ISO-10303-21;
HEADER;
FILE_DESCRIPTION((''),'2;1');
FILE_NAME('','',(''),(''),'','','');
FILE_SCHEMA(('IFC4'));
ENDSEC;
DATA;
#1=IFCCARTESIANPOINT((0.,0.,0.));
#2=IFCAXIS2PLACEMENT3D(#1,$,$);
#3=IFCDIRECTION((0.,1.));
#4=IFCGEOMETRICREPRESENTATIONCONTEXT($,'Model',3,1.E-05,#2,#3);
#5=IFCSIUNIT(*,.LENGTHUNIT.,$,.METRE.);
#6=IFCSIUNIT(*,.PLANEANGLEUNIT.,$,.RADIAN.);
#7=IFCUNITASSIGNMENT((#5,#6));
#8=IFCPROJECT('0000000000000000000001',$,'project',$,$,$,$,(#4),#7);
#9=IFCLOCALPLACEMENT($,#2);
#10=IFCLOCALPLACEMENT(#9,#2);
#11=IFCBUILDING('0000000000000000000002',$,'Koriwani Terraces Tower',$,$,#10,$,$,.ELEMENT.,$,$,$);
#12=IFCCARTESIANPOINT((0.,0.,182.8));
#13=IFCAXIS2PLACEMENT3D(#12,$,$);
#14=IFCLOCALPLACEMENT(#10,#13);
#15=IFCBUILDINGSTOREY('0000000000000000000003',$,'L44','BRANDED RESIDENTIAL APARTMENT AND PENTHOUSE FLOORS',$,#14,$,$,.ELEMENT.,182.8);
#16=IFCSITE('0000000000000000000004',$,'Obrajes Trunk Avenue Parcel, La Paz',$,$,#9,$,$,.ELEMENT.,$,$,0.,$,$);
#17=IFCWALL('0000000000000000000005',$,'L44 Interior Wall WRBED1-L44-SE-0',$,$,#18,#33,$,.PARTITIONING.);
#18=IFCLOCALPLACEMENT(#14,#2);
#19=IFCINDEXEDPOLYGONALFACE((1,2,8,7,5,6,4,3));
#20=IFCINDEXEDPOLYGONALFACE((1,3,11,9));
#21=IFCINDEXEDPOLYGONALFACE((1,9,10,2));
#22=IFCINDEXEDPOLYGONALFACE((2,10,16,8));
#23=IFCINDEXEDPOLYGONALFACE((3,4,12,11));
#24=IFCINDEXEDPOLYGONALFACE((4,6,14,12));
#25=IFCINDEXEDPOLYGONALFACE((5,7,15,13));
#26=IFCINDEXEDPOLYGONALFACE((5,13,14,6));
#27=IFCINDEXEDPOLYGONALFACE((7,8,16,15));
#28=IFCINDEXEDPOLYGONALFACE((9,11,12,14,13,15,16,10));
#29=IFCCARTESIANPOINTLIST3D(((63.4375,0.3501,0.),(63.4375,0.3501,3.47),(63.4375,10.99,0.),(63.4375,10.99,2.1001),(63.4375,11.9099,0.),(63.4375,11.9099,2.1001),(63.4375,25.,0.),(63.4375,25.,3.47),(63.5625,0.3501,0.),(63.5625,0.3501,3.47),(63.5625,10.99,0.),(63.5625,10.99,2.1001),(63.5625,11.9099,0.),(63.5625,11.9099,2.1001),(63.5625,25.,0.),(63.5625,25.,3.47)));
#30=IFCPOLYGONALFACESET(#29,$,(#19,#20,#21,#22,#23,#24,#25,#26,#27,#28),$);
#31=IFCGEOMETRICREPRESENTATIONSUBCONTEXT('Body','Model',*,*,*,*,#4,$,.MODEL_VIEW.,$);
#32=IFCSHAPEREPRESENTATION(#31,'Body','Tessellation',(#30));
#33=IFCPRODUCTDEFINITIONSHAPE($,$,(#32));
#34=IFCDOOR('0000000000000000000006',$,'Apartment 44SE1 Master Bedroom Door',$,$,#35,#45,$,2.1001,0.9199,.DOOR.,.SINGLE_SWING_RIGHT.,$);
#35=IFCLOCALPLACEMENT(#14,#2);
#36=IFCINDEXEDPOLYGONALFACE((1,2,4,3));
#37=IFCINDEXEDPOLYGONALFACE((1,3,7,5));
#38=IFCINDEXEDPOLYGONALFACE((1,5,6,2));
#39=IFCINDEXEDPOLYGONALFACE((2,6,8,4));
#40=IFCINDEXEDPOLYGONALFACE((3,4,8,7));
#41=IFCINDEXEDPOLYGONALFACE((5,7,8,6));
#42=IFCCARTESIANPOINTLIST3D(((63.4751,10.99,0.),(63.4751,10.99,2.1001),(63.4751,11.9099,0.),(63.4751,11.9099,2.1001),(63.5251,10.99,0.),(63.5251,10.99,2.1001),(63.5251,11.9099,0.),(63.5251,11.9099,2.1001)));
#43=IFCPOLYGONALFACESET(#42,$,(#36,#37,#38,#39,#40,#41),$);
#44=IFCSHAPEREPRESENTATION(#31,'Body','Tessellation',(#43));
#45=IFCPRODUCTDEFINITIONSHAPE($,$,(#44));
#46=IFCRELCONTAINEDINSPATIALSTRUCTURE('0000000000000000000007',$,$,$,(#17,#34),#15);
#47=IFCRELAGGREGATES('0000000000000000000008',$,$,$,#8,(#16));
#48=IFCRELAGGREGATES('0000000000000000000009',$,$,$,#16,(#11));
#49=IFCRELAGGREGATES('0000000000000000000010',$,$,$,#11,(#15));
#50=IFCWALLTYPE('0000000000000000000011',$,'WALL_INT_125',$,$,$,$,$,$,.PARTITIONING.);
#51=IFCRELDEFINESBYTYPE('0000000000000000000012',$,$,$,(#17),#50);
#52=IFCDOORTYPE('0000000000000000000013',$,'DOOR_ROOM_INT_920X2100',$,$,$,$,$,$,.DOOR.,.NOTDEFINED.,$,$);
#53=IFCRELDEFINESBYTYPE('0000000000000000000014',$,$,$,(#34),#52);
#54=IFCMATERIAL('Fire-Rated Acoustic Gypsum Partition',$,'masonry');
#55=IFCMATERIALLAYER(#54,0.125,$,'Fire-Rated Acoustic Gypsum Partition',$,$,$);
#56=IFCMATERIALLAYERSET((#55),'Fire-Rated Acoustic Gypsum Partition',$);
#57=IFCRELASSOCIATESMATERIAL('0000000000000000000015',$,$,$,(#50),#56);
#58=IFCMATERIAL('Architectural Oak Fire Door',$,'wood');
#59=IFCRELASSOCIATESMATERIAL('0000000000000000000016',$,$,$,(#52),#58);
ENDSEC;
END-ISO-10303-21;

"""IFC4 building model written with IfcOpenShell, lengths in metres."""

from ifc_helpers import new_model, si_unit, direction, frame, frame_2d, origin, place, context, subcontext, project, spatial, rectangle, extrude, material, layer, layer_set, type_object, element, fill, save


model = new_model("IFC4")

# Units and contexts
model_context = context("Model", 3, precision=1e-05, world=origin(), true_north=direction((0.0, 1.0)))
body_context = subcontext(model_context, "Body", "Model", "MODEL_VIEW")
ifc_project = project(units=[si_unit("LENGTHUNIT", "METRE"), si_unit("PLANEANGLEUNIT", "RADIAN")], contexts=[model_context])

# Site, building, storey
site_placement = place(None, origin())
site = spatial("IfcSite", under=ifc_project, at=site_placement, Name="Obrajes Trunk Avenue Parcel, La Paz", CompositionType="ELEMENT", RefElevation=0.0)
building_placement = place(site_placement, origin())
building = spatial("IfcBuilding", under=site, at=building_placement, Name="Koriwani Terraces Tower", CompositionType="ELEMENT")
storey_placement = place(building_placement, frame((0.0, 0.0, 182.8)))
storey = spatial("IfcBuildingStorey", under=building, at=storey_placement, Name="L44", Description="BRANDED RESIDENTIAL APARTMENT AND PENTHOUSE FLOORS", CompositionType="ELEMENT", Elevation=182.8)

# Wall, opening, door
ifc_material_1 = material(Name="Fire-Rated Acoustic Gypsum Partition", Category="masonry")
ifc_layer_1 = layer(ifc_material_1, 0.125, Name="Fire-Rated Acoustic Gypsum Partition")
ifc_layer_set_1 = layer_set([ifc_layer_1], Name="Fire-Rated Acoustic Gypsum Partition")
wall_type_1 = type_object("IfcWallType", Name="WALL_INT_125", PredefinedType="PARTITIONING", material=ifc_layer_set_1)
wall_1_placement = place(storey_placement, frame((63.5, 0.3501, 0.0), z_axis=(0.0, 0.0, 1.0), x_axis=(0.0, 1.0, 0.0)))
wall_1 = element("IfcWall", 1, at=wall_1_placement, inside=storey, type_object=wall_type_1, Name="L44 Interior Wall WRBED1-L44-SE-0", PredefinedType="PARTITIONING", context=body_context, shape_type="SweptSolid", body=[
    extrude(rectangle(XDim=24.6499, YDim=0.125, at=frame_2d((12.325, 0.0))), origin(), (0.0, 0.0, 1.0), 3.47),
])
opening_1_placement = place(wall_1_placement, frame((10.6399, 0.0, 0.0)))
opening_1 = element("IfcOpeningElement", 2, at=opening_1_placement, cuts=wall_1, PredefinedType="OPENING", context=body_context, shape_type="SweptSolid", body=[
    extrude(rectangle(XDim=0.9199, YDim=2.1001, at=frame_2d((0.46, 1.05))), frame((0.0, 0.0725, 0.0), z_axis=(0.0, -1.0, 0.0), x_axis=(1.0, 0.0, 0.0)), (0.0, 0.0, 1.0), 0.145),
])
ifc_material_2 = material(Name="Architectural Oak Fire Door", Category="wood")
door_type_1 = type_object("IfcDoorType", Name="DOOR_ROOM_INT_920X2100", OperationType="NOTDEFINED", PredefinedType="DOOR", material=ifc_material_2)
door_1_placement = place(opening_1_placement, origin())
door_1 = element("IfcDoor", 3, at=door_1_placement, inside=storey, type_object=door_type_1, Name="Apartment 44SE1 Master Bedroom Door", OperationType="SINGLE_SWING_RIGHT", OverallHeight=2.1001, OverallWidth=0.9199, PredefinedType="DOOR", context=body_context, shape_type="SweptSolid", body=[
    extrude(rectangle(XDim=0.9199, YDim=2.1001, at=frame_2d((0.46, 1.05))), frame((0.0, 0.0249, 0.0), z_axis=(0.0, -1.0, 0.0), x_axis=(1.0, 0.0, 0.0)), (0.0, 0.0, 1.0), 0.05),
])
fill(opening_1, door_1)

save(model, "model.ifc")
